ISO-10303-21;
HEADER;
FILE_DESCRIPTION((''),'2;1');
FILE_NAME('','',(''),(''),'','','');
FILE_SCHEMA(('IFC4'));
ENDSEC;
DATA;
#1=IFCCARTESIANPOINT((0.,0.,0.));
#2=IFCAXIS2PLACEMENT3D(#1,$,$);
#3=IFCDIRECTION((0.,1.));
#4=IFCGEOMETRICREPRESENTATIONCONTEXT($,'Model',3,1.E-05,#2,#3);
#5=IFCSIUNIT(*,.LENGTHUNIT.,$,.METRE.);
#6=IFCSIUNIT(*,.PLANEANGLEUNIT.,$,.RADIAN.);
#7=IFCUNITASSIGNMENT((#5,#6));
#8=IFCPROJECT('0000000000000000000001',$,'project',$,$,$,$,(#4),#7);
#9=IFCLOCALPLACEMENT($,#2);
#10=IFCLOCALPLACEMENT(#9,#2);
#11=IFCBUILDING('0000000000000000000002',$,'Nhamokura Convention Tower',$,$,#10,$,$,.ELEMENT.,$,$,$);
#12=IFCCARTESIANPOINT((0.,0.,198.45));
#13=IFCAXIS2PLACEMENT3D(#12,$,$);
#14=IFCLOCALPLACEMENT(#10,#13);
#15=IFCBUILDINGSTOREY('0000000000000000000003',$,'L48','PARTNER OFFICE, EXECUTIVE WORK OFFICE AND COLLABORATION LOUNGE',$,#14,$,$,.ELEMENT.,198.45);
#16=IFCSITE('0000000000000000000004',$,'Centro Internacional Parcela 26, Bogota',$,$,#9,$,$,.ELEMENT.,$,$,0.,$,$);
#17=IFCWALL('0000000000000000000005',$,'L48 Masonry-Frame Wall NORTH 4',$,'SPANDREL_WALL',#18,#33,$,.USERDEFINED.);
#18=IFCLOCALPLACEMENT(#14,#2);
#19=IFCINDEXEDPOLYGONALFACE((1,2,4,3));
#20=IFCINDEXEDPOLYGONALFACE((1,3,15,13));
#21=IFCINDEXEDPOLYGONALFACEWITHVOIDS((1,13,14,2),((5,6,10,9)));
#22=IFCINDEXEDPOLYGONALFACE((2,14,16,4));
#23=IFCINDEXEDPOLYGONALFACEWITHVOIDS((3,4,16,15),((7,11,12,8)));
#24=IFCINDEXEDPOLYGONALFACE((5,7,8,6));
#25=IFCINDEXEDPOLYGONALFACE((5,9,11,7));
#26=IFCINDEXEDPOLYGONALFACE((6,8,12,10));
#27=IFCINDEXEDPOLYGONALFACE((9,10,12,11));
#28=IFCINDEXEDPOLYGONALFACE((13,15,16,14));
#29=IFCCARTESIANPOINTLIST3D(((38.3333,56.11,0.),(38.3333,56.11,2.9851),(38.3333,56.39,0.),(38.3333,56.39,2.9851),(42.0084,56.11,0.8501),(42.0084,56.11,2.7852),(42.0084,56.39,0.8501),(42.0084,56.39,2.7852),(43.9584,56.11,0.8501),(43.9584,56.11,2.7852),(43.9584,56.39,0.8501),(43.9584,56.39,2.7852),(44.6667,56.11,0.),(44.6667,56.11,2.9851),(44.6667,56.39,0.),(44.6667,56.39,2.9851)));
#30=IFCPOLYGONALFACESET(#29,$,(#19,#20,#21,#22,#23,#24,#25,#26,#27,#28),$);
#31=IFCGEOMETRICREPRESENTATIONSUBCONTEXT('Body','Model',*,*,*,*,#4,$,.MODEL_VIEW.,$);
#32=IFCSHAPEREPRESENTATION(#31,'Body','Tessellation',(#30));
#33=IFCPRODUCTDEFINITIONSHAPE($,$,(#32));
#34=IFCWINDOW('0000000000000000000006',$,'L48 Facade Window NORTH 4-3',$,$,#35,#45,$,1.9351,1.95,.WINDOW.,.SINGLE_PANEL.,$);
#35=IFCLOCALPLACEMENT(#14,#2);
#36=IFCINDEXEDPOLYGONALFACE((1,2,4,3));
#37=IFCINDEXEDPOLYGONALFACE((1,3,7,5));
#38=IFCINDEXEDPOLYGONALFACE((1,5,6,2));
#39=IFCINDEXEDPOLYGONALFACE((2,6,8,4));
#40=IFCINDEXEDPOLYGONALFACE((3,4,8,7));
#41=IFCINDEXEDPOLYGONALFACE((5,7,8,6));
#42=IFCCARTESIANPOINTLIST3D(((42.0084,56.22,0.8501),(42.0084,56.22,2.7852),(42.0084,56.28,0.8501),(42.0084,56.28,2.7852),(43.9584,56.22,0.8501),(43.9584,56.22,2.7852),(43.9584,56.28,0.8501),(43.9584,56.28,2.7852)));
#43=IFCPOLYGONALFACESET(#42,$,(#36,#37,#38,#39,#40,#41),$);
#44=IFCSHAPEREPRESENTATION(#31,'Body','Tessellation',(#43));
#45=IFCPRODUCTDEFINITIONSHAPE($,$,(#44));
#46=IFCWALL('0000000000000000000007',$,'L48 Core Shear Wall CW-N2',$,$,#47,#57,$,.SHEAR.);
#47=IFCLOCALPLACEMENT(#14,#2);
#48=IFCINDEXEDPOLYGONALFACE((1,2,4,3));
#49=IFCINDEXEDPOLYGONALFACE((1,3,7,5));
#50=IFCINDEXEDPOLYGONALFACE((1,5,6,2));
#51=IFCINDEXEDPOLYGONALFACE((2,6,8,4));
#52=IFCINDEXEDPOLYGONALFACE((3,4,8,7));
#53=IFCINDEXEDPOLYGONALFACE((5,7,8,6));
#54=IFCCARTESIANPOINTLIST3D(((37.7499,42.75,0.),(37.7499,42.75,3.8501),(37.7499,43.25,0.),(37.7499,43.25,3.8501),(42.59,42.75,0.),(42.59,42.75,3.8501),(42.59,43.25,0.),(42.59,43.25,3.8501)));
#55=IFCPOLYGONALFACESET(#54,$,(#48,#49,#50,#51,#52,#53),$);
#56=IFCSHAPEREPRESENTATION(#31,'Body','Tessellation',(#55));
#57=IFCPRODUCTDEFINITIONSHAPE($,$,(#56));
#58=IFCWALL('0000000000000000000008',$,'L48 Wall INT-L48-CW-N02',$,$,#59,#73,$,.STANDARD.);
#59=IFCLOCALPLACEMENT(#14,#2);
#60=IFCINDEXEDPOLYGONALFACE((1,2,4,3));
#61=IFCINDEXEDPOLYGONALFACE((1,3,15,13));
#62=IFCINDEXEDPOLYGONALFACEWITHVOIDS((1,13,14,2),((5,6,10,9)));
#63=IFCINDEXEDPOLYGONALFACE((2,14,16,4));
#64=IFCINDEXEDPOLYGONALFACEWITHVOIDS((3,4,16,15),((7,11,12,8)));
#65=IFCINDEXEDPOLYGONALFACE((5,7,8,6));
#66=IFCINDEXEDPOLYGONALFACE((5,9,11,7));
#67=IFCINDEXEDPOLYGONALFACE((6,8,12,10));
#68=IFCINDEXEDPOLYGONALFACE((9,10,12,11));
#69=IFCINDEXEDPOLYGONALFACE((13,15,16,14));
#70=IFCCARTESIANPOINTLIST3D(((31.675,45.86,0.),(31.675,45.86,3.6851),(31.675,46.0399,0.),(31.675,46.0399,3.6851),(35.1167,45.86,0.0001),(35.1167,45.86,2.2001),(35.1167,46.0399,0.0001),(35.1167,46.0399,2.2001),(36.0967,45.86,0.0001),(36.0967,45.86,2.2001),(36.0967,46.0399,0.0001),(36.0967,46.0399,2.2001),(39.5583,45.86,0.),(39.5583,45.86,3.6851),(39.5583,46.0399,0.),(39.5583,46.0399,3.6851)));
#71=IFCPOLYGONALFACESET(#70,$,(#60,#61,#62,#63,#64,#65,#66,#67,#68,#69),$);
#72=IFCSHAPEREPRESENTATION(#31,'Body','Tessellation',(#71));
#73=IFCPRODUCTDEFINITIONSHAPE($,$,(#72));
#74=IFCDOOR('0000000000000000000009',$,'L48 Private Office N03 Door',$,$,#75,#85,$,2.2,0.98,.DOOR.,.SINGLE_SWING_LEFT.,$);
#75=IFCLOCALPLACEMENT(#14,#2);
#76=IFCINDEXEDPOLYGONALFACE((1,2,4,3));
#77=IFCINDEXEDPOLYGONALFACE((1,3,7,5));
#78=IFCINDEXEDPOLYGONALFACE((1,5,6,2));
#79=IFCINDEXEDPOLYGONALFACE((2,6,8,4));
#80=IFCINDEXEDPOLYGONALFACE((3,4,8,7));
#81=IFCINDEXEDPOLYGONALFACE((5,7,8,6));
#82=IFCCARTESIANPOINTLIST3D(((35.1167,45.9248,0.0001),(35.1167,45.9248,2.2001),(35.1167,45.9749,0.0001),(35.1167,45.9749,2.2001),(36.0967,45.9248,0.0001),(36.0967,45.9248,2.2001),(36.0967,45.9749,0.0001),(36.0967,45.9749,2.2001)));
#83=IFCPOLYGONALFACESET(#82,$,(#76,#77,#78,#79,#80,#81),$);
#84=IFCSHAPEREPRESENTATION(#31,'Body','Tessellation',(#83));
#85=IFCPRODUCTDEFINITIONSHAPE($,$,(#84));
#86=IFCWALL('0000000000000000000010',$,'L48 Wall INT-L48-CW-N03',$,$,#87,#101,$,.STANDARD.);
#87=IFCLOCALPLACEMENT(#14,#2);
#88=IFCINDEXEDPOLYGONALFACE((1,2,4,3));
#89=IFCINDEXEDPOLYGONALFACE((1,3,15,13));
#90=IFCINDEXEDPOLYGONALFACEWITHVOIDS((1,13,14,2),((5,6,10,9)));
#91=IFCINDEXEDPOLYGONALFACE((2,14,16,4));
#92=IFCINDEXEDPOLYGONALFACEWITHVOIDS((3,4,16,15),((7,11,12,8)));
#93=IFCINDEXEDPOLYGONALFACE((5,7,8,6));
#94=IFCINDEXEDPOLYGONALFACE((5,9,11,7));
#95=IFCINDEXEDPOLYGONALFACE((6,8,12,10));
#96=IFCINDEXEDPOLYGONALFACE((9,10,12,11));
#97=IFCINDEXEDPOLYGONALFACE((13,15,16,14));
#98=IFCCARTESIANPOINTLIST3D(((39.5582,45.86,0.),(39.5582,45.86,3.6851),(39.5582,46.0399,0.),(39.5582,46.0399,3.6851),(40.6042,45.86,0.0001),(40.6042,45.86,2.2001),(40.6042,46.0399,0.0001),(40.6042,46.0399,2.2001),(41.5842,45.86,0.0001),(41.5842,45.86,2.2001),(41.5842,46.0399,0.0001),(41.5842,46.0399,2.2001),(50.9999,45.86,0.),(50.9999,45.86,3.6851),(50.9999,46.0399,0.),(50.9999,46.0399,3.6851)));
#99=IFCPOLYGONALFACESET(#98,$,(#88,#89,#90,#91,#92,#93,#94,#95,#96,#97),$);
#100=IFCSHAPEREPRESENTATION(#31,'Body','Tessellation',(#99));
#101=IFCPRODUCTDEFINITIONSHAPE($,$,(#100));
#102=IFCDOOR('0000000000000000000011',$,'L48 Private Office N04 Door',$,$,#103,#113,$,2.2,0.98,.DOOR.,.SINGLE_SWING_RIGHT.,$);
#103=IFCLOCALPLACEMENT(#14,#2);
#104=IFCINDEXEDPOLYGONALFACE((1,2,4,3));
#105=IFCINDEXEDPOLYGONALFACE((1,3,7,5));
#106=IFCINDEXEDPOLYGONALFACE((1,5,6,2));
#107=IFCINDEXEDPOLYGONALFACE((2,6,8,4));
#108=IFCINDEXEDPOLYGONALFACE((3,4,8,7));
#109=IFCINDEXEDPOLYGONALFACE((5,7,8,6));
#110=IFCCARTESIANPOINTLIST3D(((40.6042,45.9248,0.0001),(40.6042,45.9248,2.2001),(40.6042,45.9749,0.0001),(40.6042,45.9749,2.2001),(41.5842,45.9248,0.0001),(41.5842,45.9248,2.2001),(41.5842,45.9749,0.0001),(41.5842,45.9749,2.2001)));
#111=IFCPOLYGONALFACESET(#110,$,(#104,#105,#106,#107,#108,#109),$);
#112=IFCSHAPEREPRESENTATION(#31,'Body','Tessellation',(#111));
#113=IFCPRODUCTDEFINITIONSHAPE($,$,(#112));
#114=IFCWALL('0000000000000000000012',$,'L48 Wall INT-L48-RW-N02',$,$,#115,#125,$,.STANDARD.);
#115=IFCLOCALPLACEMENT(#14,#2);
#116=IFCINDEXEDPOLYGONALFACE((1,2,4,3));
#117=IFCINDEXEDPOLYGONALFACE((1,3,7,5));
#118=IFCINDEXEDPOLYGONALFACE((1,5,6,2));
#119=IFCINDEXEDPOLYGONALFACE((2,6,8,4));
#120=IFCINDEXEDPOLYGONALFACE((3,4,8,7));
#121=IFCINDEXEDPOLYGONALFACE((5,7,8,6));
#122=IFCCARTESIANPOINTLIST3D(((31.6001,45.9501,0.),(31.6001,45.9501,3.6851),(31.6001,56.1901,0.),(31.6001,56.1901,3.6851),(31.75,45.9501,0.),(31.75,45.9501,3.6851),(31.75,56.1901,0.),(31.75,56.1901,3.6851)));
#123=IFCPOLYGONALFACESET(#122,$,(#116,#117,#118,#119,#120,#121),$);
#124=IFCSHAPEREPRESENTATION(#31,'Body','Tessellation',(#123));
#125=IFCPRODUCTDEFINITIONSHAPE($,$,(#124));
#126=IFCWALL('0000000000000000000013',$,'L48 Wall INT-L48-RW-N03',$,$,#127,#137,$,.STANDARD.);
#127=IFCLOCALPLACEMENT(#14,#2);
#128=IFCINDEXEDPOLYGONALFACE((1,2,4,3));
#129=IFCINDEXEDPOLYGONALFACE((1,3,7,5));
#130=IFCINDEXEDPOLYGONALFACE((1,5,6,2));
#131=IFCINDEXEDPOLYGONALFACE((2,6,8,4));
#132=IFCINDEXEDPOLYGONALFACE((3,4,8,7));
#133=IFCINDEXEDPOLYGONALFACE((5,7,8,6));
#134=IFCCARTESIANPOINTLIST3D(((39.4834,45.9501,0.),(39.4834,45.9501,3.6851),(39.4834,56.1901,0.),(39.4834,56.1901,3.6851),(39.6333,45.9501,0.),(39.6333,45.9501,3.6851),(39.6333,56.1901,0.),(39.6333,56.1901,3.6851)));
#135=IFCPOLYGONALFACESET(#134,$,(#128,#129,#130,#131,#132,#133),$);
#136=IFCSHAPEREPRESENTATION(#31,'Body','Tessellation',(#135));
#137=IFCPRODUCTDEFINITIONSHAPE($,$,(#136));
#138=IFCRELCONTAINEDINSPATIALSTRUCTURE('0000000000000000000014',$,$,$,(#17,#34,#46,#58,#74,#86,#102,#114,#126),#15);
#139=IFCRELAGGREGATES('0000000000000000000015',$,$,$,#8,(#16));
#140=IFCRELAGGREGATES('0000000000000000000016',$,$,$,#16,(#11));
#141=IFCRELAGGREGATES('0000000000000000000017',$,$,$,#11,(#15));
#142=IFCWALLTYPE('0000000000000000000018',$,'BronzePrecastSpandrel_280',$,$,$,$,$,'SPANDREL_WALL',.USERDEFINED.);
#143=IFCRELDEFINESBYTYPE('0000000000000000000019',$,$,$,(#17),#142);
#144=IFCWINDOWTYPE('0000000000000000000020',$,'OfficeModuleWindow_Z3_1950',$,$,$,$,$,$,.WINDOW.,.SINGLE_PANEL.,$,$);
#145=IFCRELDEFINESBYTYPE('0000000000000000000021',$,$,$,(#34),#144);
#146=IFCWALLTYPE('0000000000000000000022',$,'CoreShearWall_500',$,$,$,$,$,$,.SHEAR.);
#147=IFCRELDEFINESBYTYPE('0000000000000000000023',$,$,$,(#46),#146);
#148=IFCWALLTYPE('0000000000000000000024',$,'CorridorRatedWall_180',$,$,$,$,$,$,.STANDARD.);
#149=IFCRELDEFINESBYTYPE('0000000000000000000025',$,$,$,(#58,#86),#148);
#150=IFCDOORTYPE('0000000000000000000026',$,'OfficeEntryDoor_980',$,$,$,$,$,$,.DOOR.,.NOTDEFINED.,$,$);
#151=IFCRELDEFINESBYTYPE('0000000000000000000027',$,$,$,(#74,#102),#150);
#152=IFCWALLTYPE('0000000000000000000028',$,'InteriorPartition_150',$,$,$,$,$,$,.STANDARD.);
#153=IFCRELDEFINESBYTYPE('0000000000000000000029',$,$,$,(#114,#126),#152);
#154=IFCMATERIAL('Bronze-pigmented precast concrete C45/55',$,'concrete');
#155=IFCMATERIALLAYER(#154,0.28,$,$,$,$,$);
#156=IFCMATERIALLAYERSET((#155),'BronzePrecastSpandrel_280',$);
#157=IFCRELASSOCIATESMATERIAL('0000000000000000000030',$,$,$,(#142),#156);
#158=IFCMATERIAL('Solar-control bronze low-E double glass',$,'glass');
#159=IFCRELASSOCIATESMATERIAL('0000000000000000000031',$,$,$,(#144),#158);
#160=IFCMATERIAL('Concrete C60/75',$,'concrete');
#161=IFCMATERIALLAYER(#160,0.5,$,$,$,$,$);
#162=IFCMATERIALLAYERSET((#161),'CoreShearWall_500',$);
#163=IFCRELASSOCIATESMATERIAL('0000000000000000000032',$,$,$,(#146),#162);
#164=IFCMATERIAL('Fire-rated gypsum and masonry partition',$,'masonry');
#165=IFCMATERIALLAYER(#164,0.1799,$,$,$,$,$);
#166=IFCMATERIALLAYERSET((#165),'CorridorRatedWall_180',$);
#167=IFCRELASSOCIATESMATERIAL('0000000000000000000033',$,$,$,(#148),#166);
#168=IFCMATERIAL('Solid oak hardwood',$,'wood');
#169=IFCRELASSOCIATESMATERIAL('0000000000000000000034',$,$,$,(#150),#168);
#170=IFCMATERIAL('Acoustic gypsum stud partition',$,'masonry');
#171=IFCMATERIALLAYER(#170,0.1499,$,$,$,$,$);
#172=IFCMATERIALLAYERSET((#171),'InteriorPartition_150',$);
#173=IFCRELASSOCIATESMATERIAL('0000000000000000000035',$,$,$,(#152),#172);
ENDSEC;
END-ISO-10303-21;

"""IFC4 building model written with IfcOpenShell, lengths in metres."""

from ifc_helpers import new_model, si_unit, direction, frame, frame_2d, origin, place, context, subcontext, project, spatial, rectangle, extrude, material, layer, layer_set, type_object, element, fill, save


model = new_model("IFC4")

# Units and contexts
model_context = context("Model", 3, precision=1e-05, world=origin(), true_north=direction((0.0, 1.0)))
body_context = subcontext(model_context, "Body", "Model", "MODEL_VIEW")
ifc_project = project(units=[si_unit("LENGTHUNIT", "METRE"), si_unit("PLANEANGLEUNIT", "RADIAN")], contexts=[model_context])

# Site, building, storey
site_placement = place(None, origin())
site = spatial("IfcSite", under=ifc_project, at=site_placement, Name="Centro Internacional Parcela 26, Bogota", CompositionType="ELEMENT", RefElevation=0.0)
building_placement = place(site_placement, origin())
building = spatial("IfcBuilding", under=site, at=building_placement, Name="Nhamokura Convention Tower", CompositionType="ELEMENT")
storey_placement = place(building_placement, frame((0.0, 0.0, 198.45)))
storey = spatial("IfcBuildingStorey", under=building, at=storey_placement, Name="L48", Description="PARTNER OFFICE, EXECUTIVE WORK OFFICE AND COLLABORATION LOUNGE", CompositionType="ELEMENT", Elevation=198.45)

# Wall, opening, window
ifc_material_1 = material(Name="Bronze-pigmented precast concrete C45/55", Category="concrete")
ifc_layer_1 = layer(ifc_material_1, 0.28)
ifc_layer_set_1 = layer_set([ifc_layer_1], Name="BronzePrecastSpandrel_280")
wall_type_1 = type_object("IfcWallType", Name="BronzePrecastSpandrel_280", ElementType="SPANDREL_WALL", PredefinedType="USERDEFINED", material=ifc_layer_set_1)
wall_1_placement = place(storey_placement, frame((38.3333, 56.25, 0.0), z_axis=(0.0, 0.0, 1.0), x_axis=(1.0, 0.0, 0.0)))
wall_1 = element("IfcWall", 1, at=wall_1_placement, inside=storey, type_object=wall_type_1, Name="L48 Masonry-Frame Wall NORTH 4", ObjectType="SPANDREL_WALL", PredefinedType="USERDEFINED", context=body_context, shape_type="SweptSolid", body=[
    extrude(rectangle(XDim=6.3335, YDim=0.28, at=frame_2d((3.1667, 0.0))), origin(), (0.0, 0.0, 1.0), 2.9851),
])
opening_1_placement = place(wall_1_placement, frame((3.675, 0.0, 0.8501)))
opening_1 = element("IfcOpeningElement", 2, at=opening_1_placement, cuts=wall_1, PredefinedType="OPENING", context=body_context, shape_type="SweptSolid", body=[
    extrude(rectangle(XDim=1.95, YDim=1.9351, at=frame_2d((0.9751, 0.9675))), frame((0.0, 0.1499, 0.0), z_axis=(0.0, -1.0, 0.0), x_axis=(1.0, 0.0, 0.0)), (0.0, 0.0, 1.0), 0.3),
])
ifc_material_2 = material(Name="Solar-control bronze low-E double glass", Category="glass")
window_type_1 = type_object("IfcWindowType", Name="OfficeModuleWindow_Z3_1950", PartitioningType="SINGLE_PANEL", PredefinedType="WINDOW", material=ifc_material_2)
window_1_placement = place(opening_1_placement, origin())
window_1 = element("IfcWindow", 3, at=window_1_placement, inside=storey, type_object=window_type_1, Name="L48 Facade Window NORTH 4-3", OverallHeight=1.9351, OverallWidth=1.95, PartitioningType="SINGLE_PANEL", PredefinedType="WINDOW", context=body_context, shape_type="SweptSolid", body=[
    extrude(rectangle(XDim=1.95, YDim=1.9351, at=frame_2d((0.9751, 0.9675))), frame((0.0, 0.03, 0.0), z_axis=(0.0, -1.0, 0.0), x_axis=(1.0, 0.0, 0.0)), (0.0, 0.0, 1.0), 0.0601),
])
fill(opening_1, window_1)

# Wall
ifc_material_3 = material(Name="Concrete C60/75", Category="concrete")
ifc_layer_2 = layer(ifc_material_3, 0.5)
ifc_layer_set_2 = layer_set([ifc_layer_2], Name="CoreShearWall_500")
wall_type_2 = type_object("IfcWallType", Name="CoreShearWall_500", PredefinedType="SHEAR", material=ifc_layer_set_2)
wall_2_placement = place(storey_placement, frame((37.75, 43.0, 0.0), z_axis=(0.0, 0.0, 1.0), x_axis=(1.0, 0.0, 0.0)))
element("IfcWall", 4, at=wall_2_placement, inside=storey, type_object=wall_type_2, Name="L48 Core Shear Wall CW-N2", PredefinedType="SHEAR", context=body_context, shape_type="SweptSolid", body=[
    extrude(rectangle(XDim=4.8401, YDim=0.5, at=frame_2d((2.4199, 0.0))), origin(), (0.0, 0.0, 1.0), 3.8501),
])

# Walls, openings, doors
ifc_material_4 = material(Name="Fire-rated gypsum and masonry partition", Category="masonry")
ifc_layer_3 = layer(ifc_material_4, 0.1799)
ifc_layer_set_3 = layer_set([ifc_layer_3], Name="CorridorRatedWall_180")
wall_type_3 = type_object("IfcWallType", Name="CorridorRatedWall_180", PredefinedType="STANDARD", material=ifc_layer_set_3)
wall_3_placement = place(storey_placement, frame((31.675, 45.95, 0.0), z_axis=(0.0, 0.0, 1.0), x_axis=(1.0, 0.0, 0.0)))
wall_3 = element("IfcWall", 5, at=wall_3_placement, inside=storey, type_object=wall_type_3, Name="L48 Wall INT-L48-CW-N02", PredefinedType="STANDARD", context=body_context, shape_type="SweptSolid", body=[
    extrude(rectangle(XDim=7.8833, YDim=0.1799, at=frame_2d((3.9417, 0.0))), origin(), (0.0, 0.0, 1.0), 3.6851),
])
opening_2_placement = place(wall_3_placement, frame((3.4417, 0.0, 0.0)))
opening_2 = element("IfcOpeningElement", 6, at=opening_2_placement, cuts=wall_3, PredefinedType="OPENING", context=body_context, shape_type="SweptSolid", body=[
    extrude(rectangle(XDim=0.98, YDim=2.2, at=frame_2d((0.49, 1.1001))), frame((0.0, 0.0999, 0.0), z_axis=(0.0, -1.0, 0.0), x_axis=(1.0, 0.0, 0.0)), (0.0, 0.0, 1.0), 0.2),
])
ifc_material_5 = material(Name="Solid oak hardwood", Category="wood")
door_type_1 = type_object("IfcDoorType", Name="OfficeEntryDoor_980", OperationType="NOTDEFINED", PredefinedType="DOOR", material=ifc_material_5)
door_1_placement = place(opening_2_placement, origin())
door_1 = element("IfcDoor", 7, at=door_1_placement, inside=storey, type_object=door_type_1, Name="L48 Private Office N03 Door", OperationType="SINGLE_SWING_LEFT", OverallHeight=2.2, OverallWidth=0.98, PredefinedType="DOOR", context=body_context, shape_type="SweptSolid", body=[
    extrude(rectangle(XDim=0.98, YDim=2.2, at=frame_2d((0.49, 1.1001))), frame((0.0, 0.0249, 0.0), z_axis=(0.0, -1.0, 0.0), x_axis=(1.0, 0.0, 0.0)), (0.0, 0.0, 1.0), 0.05),
])
fill(opening_2, door_1)
wall_4_placement = place(storey_placement, frame((39.5583, 45.95, 0.0), z_axis=(0.0, 0.0, 1.0), x_axis=(1.0, 0.0, 0.0)))
wall_4 = element("IfcWall", 8, at=wall_4_placement, inside=storey, type_object=wall_type_3, Name="L48 Wall INT-L48-CW-N03", PredefinedType="STANDARD", context=body_context, shape_type="SweptSolid", body=[
    extrude(rectangle(XDim=11.4417, YDim=0.1799, at=frame_2d((5.7207, 0.0))), origin(), (0.0, 0.0, 1.0), 3.6851),
])
opening_3_placement = place(wall_4_placement, frame((1.0459, 0.0, 0.0)))
opening_3 = element("IfcOpeningElement", 9, at=opening_3_placement, cuts=wall_4, PredefinedType="OPENING", context=body_context, shape_type="SweptSolid", body=[
    extrude(rectangle(XDim=0.98, YDim=2.2, at=frame_2d((0.49, 1.1001))), frame((0.0, 0.0999, 0.0), z_axis=(0.0, -1.0, 0.0), x_axis=(1.0, 0.0, 0.0)), (0.0, 0.0, 1.0), 0.2),
])
door_2_placement = place(opening_3_placement, origin())
door_2 = element("IfcDoor", 10, at=door_2_placement, inside=storey, type_object=door_type_1, Name="L48 Private Office N04 Door", OperationType="SINGLE_SWING_RIGHT", OverallHeight=2.2, OverallWidth=0.98, PredefinedType="DOOR", context=body_context, shape_type="SweptSolid", body=[
    extrude(rectangle(XDim=0.98, YDim=2.2, at=frame_2d((0.49, 1.1001))), frame((0.0, 0.0249, 0.0), z_axis=(0.0, -1.0, 0.0), x_axis=(1.0, 0.0, 0.0)), (0.0, 0.0, 1.0), 0.05),
])
fill(opening_3, door_2)

# Walls
ifc_material_6 = material(Name="Acoustic gypsum stud partition", Category="masonry")
ifc_layer_4 = layer(ifc_material_6, 0.1499)
ifc_layer_set_4 = layer_set([ifc_layer_4], Name="InteriorPartition_150")
wall_type_4 = type_object("IfcWallType", Name="InteriorPartition_150", PredefinedType="STANDARD", material=ifc_layer_set_4)
for number, where, z_axis, x_axis, name in (
    (11, (31.675, 45.95, 0.0), (0.0, 0.0, 1.0), (0.0, 1.0, 0.0), "L48 Wall INT-L48-RW-N02"),
    (12, (39.5583, 45.95, 0.0), (0.0, 0.0, 1.0), (0.0, 1.0, 0.0), "L48 Wall INT-L48-RW-N03"),
):
    element("IfcWall", number, at=place(storey_placement, frame(where, z_axis=z_axis, x_axis=x_axis)), inside=storey, type_object=wall_type_4, Name=name, PredefinedType="STANDARD", context=body_context, shape_type="SweptSolid", body=[
        extrude(rectangle(XDim=10.24, YDim=0.1499, at=frame_2d((5.1201, 0.0))), origin(), (0.0, 0.0, 1.0), 3.6851),
    ])

save(model, "model.ifc")
